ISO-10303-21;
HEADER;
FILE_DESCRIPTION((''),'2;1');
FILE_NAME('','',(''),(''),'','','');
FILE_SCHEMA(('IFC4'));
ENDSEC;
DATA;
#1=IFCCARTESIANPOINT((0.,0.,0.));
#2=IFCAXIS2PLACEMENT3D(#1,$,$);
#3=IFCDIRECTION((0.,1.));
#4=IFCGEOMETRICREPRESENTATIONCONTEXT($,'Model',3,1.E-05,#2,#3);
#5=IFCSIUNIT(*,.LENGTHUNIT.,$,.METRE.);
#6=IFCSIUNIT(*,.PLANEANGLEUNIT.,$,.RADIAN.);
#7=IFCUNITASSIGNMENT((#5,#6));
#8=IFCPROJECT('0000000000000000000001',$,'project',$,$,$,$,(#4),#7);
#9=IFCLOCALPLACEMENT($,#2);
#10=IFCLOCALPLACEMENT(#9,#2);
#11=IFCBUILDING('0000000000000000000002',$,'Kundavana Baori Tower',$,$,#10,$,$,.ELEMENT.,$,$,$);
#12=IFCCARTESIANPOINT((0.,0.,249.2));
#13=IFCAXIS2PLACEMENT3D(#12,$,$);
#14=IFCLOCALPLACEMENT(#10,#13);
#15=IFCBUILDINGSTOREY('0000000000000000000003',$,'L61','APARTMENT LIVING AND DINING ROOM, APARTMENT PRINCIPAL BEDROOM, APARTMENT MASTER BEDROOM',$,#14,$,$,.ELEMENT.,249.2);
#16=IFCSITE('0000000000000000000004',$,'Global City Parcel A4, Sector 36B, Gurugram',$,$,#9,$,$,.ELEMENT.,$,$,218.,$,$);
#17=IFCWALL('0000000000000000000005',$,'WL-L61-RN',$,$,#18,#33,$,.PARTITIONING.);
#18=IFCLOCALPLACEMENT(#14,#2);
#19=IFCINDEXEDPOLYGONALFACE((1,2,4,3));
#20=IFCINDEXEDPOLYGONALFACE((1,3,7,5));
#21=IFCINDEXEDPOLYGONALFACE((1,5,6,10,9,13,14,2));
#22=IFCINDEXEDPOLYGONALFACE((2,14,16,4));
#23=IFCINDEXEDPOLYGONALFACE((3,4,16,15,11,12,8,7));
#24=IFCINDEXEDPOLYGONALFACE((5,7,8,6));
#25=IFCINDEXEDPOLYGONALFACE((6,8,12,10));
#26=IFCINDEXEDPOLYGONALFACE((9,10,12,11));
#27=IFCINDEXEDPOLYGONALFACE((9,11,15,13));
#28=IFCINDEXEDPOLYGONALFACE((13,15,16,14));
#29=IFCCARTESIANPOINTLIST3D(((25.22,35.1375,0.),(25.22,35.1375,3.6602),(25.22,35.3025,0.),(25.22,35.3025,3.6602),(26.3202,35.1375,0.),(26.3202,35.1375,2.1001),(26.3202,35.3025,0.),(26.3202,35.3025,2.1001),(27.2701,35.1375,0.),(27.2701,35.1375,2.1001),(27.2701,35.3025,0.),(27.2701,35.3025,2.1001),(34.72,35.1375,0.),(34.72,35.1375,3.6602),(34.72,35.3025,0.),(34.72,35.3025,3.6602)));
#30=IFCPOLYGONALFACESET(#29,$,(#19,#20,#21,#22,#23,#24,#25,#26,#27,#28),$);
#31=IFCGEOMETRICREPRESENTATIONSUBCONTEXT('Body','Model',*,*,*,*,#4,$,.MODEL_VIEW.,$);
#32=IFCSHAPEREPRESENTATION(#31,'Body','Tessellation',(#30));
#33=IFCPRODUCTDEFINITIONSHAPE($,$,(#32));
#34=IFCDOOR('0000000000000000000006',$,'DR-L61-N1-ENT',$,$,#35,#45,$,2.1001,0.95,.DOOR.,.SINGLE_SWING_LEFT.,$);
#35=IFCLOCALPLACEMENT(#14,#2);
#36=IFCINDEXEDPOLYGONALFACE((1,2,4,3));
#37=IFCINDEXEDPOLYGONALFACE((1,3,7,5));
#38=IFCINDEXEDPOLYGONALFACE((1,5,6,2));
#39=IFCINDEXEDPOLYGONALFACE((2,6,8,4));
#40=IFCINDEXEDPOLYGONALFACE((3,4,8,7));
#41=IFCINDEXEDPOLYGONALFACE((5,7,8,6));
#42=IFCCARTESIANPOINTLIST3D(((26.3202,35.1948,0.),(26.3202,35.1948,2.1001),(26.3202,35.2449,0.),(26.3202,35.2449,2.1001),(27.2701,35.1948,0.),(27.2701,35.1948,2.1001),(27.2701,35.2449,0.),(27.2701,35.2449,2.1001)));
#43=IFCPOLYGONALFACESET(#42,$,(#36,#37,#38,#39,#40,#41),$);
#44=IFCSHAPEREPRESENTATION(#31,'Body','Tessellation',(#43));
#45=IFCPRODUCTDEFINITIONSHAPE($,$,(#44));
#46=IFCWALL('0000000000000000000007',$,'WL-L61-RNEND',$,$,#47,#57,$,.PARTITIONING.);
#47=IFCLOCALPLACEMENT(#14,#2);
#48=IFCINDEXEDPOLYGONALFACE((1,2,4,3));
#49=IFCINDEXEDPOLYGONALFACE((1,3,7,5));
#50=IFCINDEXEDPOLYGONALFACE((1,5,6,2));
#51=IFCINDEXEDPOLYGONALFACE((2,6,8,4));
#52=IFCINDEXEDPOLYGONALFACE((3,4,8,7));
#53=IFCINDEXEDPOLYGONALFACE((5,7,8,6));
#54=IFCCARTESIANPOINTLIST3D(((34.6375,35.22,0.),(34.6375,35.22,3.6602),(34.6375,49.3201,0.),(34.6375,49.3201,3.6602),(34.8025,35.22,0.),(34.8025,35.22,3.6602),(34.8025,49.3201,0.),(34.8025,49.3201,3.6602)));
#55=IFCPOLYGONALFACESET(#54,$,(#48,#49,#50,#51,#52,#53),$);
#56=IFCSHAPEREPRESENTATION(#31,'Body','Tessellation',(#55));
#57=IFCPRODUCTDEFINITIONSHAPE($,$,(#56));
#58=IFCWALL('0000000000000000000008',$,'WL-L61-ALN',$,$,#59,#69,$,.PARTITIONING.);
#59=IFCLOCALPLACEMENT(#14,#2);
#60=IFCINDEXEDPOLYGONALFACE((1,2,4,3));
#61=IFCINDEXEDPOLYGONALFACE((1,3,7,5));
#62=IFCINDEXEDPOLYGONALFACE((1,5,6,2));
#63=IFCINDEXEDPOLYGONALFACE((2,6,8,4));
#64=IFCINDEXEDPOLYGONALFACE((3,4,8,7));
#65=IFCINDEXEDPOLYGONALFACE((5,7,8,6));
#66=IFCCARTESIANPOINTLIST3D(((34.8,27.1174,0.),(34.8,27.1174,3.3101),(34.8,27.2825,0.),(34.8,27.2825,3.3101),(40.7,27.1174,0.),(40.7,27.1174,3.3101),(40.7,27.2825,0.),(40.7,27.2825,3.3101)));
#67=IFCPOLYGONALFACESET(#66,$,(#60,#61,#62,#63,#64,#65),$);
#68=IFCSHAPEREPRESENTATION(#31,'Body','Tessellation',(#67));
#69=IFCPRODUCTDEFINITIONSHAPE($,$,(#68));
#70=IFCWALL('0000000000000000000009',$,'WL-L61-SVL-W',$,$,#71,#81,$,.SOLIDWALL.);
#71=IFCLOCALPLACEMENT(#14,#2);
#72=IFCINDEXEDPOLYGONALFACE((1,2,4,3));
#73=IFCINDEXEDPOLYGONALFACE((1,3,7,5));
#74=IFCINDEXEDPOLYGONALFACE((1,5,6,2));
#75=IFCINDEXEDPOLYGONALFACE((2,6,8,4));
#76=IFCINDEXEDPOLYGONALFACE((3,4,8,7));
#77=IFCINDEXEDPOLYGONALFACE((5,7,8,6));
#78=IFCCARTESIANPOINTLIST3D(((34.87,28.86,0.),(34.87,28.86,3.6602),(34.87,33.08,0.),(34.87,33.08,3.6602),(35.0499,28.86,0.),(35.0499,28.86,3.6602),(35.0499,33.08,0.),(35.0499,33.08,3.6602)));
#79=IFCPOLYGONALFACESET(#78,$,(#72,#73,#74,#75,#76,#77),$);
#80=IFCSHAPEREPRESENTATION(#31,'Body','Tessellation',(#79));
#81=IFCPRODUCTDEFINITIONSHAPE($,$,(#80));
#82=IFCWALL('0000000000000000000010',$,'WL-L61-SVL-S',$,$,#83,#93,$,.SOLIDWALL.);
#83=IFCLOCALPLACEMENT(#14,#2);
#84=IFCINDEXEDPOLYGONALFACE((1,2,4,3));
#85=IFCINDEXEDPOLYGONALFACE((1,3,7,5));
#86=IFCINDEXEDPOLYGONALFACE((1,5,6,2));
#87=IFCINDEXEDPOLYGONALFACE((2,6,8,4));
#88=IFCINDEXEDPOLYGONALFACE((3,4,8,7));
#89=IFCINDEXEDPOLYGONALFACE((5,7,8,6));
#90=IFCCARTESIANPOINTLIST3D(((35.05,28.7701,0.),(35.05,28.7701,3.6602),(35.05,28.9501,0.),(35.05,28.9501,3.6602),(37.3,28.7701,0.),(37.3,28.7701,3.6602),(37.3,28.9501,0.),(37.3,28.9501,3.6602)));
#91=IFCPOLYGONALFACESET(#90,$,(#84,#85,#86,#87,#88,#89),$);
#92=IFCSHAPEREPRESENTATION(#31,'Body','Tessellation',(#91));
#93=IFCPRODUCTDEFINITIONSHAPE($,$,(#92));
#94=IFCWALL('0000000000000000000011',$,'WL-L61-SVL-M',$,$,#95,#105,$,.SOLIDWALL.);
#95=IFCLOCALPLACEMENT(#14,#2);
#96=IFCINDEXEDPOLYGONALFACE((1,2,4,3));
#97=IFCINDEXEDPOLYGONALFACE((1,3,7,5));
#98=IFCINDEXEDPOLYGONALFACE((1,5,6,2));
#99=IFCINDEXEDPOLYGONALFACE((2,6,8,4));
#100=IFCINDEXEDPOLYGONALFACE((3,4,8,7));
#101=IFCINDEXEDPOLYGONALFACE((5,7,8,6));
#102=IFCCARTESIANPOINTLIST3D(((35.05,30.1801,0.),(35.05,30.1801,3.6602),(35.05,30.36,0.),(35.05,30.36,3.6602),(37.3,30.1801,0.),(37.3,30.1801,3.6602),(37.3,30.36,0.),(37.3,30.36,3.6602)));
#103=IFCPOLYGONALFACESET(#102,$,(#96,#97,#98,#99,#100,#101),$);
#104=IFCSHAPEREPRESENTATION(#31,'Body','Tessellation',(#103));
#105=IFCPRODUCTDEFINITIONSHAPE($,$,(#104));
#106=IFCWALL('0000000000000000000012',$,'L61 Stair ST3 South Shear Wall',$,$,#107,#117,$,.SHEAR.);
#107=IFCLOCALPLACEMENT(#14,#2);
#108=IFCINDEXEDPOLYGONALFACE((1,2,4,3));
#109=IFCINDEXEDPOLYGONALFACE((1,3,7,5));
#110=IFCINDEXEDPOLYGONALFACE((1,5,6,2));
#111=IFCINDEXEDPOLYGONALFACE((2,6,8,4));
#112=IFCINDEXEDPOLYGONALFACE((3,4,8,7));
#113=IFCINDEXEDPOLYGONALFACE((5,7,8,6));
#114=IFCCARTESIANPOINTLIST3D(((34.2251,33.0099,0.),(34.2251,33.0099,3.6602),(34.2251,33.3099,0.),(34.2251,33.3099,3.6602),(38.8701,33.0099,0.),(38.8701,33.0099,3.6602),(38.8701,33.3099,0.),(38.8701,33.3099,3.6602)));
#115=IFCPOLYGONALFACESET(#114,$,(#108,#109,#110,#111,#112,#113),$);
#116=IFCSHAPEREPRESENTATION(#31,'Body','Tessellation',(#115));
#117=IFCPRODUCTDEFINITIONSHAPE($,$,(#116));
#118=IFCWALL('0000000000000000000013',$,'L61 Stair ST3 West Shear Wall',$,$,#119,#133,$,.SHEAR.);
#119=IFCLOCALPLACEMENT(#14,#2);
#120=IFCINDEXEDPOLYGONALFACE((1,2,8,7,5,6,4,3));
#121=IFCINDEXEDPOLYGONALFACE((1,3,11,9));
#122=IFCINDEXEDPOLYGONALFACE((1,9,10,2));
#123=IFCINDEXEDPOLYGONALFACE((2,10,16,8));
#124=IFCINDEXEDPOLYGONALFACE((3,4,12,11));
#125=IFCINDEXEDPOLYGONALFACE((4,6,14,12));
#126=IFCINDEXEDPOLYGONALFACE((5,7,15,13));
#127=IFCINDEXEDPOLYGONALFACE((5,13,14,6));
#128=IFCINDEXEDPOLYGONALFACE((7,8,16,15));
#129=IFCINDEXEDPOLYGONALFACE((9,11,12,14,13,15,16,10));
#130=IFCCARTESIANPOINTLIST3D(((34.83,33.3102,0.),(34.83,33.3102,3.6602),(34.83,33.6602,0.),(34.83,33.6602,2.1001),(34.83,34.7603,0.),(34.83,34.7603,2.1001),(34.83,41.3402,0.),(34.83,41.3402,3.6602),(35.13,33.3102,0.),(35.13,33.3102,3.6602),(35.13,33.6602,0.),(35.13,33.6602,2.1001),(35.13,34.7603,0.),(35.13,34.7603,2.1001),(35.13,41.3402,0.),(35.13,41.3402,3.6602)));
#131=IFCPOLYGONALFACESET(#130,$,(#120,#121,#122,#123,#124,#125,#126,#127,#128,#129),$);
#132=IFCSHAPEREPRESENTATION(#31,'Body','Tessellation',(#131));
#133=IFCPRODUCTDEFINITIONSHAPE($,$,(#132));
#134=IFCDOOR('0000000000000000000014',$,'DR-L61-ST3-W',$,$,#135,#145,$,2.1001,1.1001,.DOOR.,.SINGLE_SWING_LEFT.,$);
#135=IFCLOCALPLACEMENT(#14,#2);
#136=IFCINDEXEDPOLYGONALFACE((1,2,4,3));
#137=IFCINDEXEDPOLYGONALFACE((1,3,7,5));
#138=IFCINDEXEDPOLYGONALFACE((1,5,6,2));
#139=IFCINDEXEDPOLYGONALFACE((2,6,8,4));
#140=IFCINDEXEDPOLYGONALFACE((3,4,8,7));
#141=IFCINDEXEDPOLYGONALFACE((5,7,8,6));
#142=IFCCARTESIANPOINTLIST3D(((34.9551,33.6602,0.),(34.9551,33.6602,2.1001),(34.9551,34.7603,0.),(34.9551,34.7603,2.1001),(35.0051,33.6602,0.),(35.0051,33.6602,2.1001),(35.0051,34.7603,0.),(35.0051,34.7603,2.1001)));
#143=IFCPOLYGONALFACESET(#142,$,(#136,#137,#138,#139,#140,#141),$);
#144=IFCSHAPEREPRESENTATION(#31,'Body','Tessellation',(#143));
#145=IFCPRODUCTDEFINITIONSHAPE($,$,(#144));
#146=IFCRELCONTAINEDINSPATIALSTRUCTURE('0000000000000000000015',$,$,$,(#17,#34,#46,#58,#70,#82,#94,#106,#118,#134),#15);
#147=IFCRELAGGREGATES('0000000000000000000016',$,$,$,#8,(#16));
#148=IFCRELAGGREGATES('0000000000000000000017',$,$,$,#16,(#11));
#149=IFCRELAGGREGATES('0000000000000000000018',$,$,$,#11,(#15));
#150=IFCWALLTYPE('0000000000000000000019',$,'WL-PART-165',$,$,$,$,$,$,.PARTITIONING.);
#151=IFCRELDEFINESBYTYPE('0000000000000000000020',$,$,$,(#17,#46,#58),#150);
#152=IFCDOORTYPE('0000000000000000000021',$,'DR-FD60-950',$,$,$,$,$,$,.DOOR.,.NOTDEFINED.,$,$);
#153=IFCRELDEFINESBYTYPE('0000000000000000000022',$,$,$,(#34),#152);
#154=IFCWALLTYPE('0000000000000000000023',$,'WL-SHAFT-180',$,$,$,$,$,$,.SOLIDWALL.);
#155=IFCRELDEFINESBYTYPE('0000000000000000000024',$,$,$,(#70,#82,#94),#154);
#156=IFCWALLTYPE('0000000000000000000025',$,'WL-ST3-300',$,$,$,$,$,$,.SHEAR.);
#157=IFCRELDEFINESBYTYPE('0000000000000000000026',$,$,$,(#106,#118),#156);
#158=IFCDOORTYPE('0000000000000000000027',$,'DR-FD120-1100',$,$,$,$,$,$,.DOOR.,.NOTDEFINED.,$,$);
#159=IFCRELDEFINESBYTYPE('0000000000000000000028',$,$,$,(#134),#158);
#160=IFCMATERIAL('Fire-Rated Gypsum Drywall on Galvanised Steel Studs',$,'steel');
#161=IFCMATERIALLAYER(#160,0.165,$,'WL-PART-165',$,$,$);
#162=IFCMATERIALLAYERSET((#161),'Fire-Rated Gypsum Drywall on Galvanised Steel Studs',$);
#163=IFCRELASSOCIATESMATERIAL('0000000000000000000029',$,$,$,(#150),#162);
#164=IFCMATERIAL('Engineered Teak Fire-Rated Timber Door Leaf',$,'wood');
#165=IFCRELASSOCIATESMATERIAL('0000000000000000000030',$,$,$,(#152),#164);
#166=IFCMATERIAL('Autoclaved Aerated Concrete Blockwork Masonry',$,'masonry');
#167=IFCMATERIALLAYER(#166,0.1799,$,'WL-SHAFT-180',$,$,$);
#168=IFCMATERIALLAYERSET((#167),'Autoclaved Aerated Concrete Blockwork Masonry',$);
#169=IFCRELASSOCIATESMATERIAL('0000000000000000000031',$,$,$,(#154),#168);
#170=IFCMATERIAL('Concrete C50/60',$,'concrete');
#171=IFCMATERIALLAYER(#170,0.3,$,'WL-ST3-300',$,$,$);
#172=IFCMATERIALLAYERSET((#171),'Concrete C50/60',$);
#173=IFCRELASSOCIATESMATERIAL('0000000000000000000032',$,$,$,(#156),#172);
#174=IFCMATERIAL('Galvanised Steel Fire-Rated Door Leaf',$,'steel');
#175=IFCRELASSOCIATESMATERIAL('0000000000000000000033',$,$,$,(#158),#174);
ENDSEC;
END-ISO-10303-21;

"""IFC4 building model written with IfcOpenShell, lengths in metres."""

from ifc_helpers import new_model, si_unit, direction, frame, frame_2d, origin, place, context, subcontext, project, spatial, rectangle, extrude, material, layer, layer_set, type_object, element, fill, save


model = new_model("IFC4")

# Units and contexts
model_context = context("Model", 3, precision=1e-05, world=origin(), true_north=direction((0.0, 1.0)))
body_context = subcontext(model_context, "Body", "Model", "MODEL_VIEW")
ifc_project = project(units=[si_unit("LENGTHUNIT", "METRE"), si_unit("PLANEANGLEUNIT", "RADIAN")], contexts=[model_context])

# Site, building, storey
site_placement = place(None, origin())
site = spatial("IfcSite", under=ifc_project, at=site_placement, Name="Global City Parcel A4, Sector 36B, Gurugram", CompositionType="ELEMENT", RefElevation=218.0)
building_placement = place(site_placement, origin())
building = spatial("IfcBuilding", under=site, at=building_placement, Name="Kundavana Baori Tower", CompositionType="ELEMENT")
storey_placement = place(building_placement, frame((0.0, 0.0, 249.2)))
storey = spatial("IfcBuildingStorey", under=building, at=storey_placement, Name="L61", Description="APARTMENT LIVING AND DINING ROOM, APARTMENT PRINCIPAL BEDROOM, APARTMENT MASTER BEDROOM", CompositionType="ELEMENT", Elevation=249.2)

# Wall, opening, door
ifc_material_1 = material(Name="Fire-Rated Gypsum Drywall on Galvanised Steel Studs", Category="steel")
ifc_layer_1 = layer(ifc_material_1, 0.165, Name="WL-PART-165")
ifc_layer_set_1 = layer_set([ifc_layer_1], Name="Fire-Rated Gypsum Drywall on Galvanised Steel Studs")
wall_type_1 = type_object("IfcWallType", Name="WL-PART-165", PredefinedType="PARTITIONING", material=ifc_layer_set_1)
wall_1_placement = place(storey_placement, frame((25.22, 35.22, 0.0), z_axis=(0.0, 0.0, 1.0), x_axis=(1.0, 0.0, 0.0)))
wall_1 = element("IfcWall", 1, at=wall_1_placement, inside=storey, type_object=wall_type_1, Name="WL-L61-RN", PredefinedType="PARTITIONING", context=body_context, shape_type="SweptSolid", body=[
    extrude(rectangle(XDim=9.5, YDim=0.165, at=frame_2d((4.75, 0.0))), origin(), (0.0, 0.0, 1.0), 3.6602),
])
opening_1_placement = place(wall_1_placement, frame((1.1001, 0.0, 0.0)))
opening_1 = element("IfcOpeningElement", 2, at=opening_1_placement, cuts=wall_1, PredefinedType="OPENING", context=body_context, shape_type="SweptSolid", body=[
    extrude(rectangle(XDim=0.95, YDim=2.1001, at=frame_2d((0.4751, 1.05))), frame((0.0, 0.0925, 0.0), z_axis=(0.0, -1.0, 0.0), x_axis=(1.0, 0.0, 0.0)), (0.0, 0.0, 1.0), 0.1851),
])
ifc_material_2 = material(Name="Engineered Teak Fire-Rated Timber Door Leaf", Category="wood")
door_type_1 = type_object("IfcDoorType", Name="DR-FD60-950", OperationType="NOTDEFINED", PredefinedType="DOOR", material=ifc_material_2)
door_1_placement = place(opening_1_placement, origin())
door_1 = element("IfcDoor", 3, at=door_1_placement, inside=storey, type_object=door_type_1, Name="DR-L61-N1-ENT", OperationType="SINGLE_SWING_LEFT", OverallHeight=2.1001, OverallWidth=0.95, PredefinedType="DOOR", context=body_context, shape_type="SweptSolid", body=[
    extrude(rectangle(XDim=0.95, YDim=2.1001, at=frame_2d((0.4751, 1.05))), frame((0.0, 0.0249, 0.0), z_axis=(0.0, -1.0, 0.0), x_axis=(1.0, 0.0, 0.0)), (0.0, 0.0, 1.0), 0.05),
])
fill(opening_1, door_1)

# Walls
wall_2_placement = place(storey_placement, frame((34.72, 35.22, 0.0), z_axis=(0.0, 0.0, 1.0), x_axis=(0.0, 1.0, 0.0)))
element("IfcWall", 4, at=wall_2_placement, inside=storey, type_object=wall_type_1, Name="WL-L61-RNEND", PredefinedType="PARTITIONING", context=body_context, shape_type="SweptSolid", body=[
    extrude(rectangle(XDim=14.1001, YDim=0.165, at=frame_2d((7.05, 0.0))), origin(), (0.0, 0.0, 1.0), 3.6602),
])
wall_3_placement = place(storey_placement, frame((34.8, 27.2, 0.0), z_axis=(0.0, 0.0, 1.0), x_axis=(1.0, 0.0, 0.0)))
element("IfcWall", 5, at=wall_3_placement, inside=storey, type_object=wall_type_1, Name="WL-L61-ALN", PredefinedType="PARTITIONING", context=body_context, shape_type="SweptSolid", body=[
    extrude(rectangle(XDim=5.8999, YDim=0.165, at=frame_2d((2.95, 0.0))), origin(), (0.0, 0.0, 1.0), 3.3101),
])
ifc_material_3 = material(Name="Autoclaved Aerated Concrete Blockwork Masonry", Category="masonry")
ifc_layer_2 = layer(ifc_material_3, 0.1799, Name="WL-SHAFT-180")
ifc_layer_set_2 = layer_set([ifc_layer_2], Name="Autoclaved Aerated Concrete Blockwork Masonry")
wall_type_2 = type_object("IfcWallType", Name="WL-SHAFT-180", PredefinedType="SOLIDWALL", material=ifc_layer_set_2)
wall_4_placement = place(storey_placement, frame((34.96, 28.8601, 0.0), z_axis=(0.0, 0.0, 1.0), x_axis=(0.0, 1.0, 0.0)))
element("IfcWall", 6, at=wall_4_placement, inside=storey, type_object=wall_type_2, Name="WL-L61-SVL-W", PredefinedType="SOLIDWALL", context=body_context, shape_type="SweptSolid", body=[
    extrude(rectangle(XDim=4.22, YDim=0.1799, at=frame_2d((2.1099, 0.0))), origin(), (0.0, 0.0, 1.0), 3.6602),
])
for number, where, z_axis, x_axis, name in (
    (7, (35.05, 28.8601, 0.0), (0.0, 0.0, 1.0), (1.0, 0.0, 0.0), "WL-L61-SVL-S"),
    (8, (35.05, 30.27, 0.0), (0.0, 0.0, 1.0), (1.0, 0.0, 0.0), "WL-L61-SVL-M"),
):
    element("IfcWall", number, at=place(storey_placement, frame(where, z_axis=z_axis, x_axis=x_axis)), inside=storey, type_object=wall_type_2, Name=name, PredefinedType="SOLIDWALL", context=body_context, shape_type="SweptSolid", body=[
        extrude(rectangle(XDim=2.25, YDim=0.1799, at=frame_2d((1.125, 0.0))), origin(), (0.0, 0.0, 1.0), 3.6602),
    ])
ifc_material_4 = material(Name="Concrete C50/60", Category="concrete")
ifc_layer_3 = layer(ifc_material_4, 0.3, Name="WL-ST3-300")
ifc_layer_set_3 = layer_set([ifc_layer_3], Name="Concrete C50/60")
wall_type_3 = type_object("IfcWallType", Name="WL-ST3-300", PredefinedType="SHEAR", material=ifc_layer_set_3)
wall_5_placement = place(storey_placement, frame((34.2251, 33.1599, 0.0), z_axis=(0.0, 0.0, 1.0), x_axis=(1.0, 0.0, 0.0)))
element("IfcWall", 9, at=wall_5_placement, inside=storey, type_object=wall_type_3, Name="L61 Stair ST3 South Shear Wall", PredefinedType="SHEAR", context=body_context, shape_type="SweptSolid", body=[
    extrude(rectangle(XDim=4.645, YDim=0.3, at=frame_2d((2.3225, 0.0))), origin(), (0.0, 0.0, 1.0), 3.6602),
])

# Wall, opening, door
wall_6_placement = place(storey_placement, frame((34.98, 33.3101, 0.0), z_axis=(0.0, 0.0, 1.0), x_axis=(0.0, 1.0, 0.0)))
wall_6 = element("IfcWall", 10, at=wall_6_placement, inside=storey, type_object=wall_type_3, Name="L61 Stair ST3 West Shear Wall", PredefinedType="SHEAR", context=body_context, shape_type="SweptSolid", body=[
    extrude(rectangle(XDim=8.03, YDim=0.3, at=frame_2d((4.0151, 0.0))), origin(), (0.0, 0.0, 1.0), 3.6602),
])
opening_2_placement = place(wall_6_placement, frame((0.3501, 0.0, 0.0)))
opening_2 = element("IfcOpeningElement", 11, at=opening_2_placement, cuts=wall_6, PredefinedType="OPENING", context=body_context, shape_type="SweptSolid", body=[
    extrude(rectangle(XDim=1.1001, YDim=2.1001, at=frame_2d((0.55, 1.05))), frame((0.0, 0.1602, 0.0), z_axis=(0.0, -1.0, 0.0), x_axis=(1.0, 0.0, 0.0)), (0.0, 0.0, 1.0), 0.3201),
])
ifc_material_5 = material(Name="Galvanised Steel Fire-Rated Door Leaf", Category="steel")
door_type_2 = type_object("IfcDoorType", Name="DR-FD120-1100", OperationType="NOTDEFINED", PredefinedType="DOOR", material=ifc_material_5)
door_2_placement = place(opening_2_placement, origin())
door_2 = element("IfcDoor", 12, at=door_2_placement, inside=storey, type_object=door_type_2, Name="DR-L61-ST3-W", OperationType="SINGLE_SWING_LEFT", OverallHeight=2.1001, OverallWidth=1.1001, PredefinedType="DOOR", context=body_context, shape_type="SweptSolid", body=[
    extrude(rectangle(XDim=1.1001, YDim=2.1001, at=frame_2d((0.55, 1.05))), frame((0.0, 0.0249, 0.0), z_axis=(0.0, -1.0, 0.0), x_axis=(1.0, 0.0, 0.0)), (0.0, 0.0, 1.0), 0.05),
])
fill(opening_2, door_2)

save(model, "model.ifc")
